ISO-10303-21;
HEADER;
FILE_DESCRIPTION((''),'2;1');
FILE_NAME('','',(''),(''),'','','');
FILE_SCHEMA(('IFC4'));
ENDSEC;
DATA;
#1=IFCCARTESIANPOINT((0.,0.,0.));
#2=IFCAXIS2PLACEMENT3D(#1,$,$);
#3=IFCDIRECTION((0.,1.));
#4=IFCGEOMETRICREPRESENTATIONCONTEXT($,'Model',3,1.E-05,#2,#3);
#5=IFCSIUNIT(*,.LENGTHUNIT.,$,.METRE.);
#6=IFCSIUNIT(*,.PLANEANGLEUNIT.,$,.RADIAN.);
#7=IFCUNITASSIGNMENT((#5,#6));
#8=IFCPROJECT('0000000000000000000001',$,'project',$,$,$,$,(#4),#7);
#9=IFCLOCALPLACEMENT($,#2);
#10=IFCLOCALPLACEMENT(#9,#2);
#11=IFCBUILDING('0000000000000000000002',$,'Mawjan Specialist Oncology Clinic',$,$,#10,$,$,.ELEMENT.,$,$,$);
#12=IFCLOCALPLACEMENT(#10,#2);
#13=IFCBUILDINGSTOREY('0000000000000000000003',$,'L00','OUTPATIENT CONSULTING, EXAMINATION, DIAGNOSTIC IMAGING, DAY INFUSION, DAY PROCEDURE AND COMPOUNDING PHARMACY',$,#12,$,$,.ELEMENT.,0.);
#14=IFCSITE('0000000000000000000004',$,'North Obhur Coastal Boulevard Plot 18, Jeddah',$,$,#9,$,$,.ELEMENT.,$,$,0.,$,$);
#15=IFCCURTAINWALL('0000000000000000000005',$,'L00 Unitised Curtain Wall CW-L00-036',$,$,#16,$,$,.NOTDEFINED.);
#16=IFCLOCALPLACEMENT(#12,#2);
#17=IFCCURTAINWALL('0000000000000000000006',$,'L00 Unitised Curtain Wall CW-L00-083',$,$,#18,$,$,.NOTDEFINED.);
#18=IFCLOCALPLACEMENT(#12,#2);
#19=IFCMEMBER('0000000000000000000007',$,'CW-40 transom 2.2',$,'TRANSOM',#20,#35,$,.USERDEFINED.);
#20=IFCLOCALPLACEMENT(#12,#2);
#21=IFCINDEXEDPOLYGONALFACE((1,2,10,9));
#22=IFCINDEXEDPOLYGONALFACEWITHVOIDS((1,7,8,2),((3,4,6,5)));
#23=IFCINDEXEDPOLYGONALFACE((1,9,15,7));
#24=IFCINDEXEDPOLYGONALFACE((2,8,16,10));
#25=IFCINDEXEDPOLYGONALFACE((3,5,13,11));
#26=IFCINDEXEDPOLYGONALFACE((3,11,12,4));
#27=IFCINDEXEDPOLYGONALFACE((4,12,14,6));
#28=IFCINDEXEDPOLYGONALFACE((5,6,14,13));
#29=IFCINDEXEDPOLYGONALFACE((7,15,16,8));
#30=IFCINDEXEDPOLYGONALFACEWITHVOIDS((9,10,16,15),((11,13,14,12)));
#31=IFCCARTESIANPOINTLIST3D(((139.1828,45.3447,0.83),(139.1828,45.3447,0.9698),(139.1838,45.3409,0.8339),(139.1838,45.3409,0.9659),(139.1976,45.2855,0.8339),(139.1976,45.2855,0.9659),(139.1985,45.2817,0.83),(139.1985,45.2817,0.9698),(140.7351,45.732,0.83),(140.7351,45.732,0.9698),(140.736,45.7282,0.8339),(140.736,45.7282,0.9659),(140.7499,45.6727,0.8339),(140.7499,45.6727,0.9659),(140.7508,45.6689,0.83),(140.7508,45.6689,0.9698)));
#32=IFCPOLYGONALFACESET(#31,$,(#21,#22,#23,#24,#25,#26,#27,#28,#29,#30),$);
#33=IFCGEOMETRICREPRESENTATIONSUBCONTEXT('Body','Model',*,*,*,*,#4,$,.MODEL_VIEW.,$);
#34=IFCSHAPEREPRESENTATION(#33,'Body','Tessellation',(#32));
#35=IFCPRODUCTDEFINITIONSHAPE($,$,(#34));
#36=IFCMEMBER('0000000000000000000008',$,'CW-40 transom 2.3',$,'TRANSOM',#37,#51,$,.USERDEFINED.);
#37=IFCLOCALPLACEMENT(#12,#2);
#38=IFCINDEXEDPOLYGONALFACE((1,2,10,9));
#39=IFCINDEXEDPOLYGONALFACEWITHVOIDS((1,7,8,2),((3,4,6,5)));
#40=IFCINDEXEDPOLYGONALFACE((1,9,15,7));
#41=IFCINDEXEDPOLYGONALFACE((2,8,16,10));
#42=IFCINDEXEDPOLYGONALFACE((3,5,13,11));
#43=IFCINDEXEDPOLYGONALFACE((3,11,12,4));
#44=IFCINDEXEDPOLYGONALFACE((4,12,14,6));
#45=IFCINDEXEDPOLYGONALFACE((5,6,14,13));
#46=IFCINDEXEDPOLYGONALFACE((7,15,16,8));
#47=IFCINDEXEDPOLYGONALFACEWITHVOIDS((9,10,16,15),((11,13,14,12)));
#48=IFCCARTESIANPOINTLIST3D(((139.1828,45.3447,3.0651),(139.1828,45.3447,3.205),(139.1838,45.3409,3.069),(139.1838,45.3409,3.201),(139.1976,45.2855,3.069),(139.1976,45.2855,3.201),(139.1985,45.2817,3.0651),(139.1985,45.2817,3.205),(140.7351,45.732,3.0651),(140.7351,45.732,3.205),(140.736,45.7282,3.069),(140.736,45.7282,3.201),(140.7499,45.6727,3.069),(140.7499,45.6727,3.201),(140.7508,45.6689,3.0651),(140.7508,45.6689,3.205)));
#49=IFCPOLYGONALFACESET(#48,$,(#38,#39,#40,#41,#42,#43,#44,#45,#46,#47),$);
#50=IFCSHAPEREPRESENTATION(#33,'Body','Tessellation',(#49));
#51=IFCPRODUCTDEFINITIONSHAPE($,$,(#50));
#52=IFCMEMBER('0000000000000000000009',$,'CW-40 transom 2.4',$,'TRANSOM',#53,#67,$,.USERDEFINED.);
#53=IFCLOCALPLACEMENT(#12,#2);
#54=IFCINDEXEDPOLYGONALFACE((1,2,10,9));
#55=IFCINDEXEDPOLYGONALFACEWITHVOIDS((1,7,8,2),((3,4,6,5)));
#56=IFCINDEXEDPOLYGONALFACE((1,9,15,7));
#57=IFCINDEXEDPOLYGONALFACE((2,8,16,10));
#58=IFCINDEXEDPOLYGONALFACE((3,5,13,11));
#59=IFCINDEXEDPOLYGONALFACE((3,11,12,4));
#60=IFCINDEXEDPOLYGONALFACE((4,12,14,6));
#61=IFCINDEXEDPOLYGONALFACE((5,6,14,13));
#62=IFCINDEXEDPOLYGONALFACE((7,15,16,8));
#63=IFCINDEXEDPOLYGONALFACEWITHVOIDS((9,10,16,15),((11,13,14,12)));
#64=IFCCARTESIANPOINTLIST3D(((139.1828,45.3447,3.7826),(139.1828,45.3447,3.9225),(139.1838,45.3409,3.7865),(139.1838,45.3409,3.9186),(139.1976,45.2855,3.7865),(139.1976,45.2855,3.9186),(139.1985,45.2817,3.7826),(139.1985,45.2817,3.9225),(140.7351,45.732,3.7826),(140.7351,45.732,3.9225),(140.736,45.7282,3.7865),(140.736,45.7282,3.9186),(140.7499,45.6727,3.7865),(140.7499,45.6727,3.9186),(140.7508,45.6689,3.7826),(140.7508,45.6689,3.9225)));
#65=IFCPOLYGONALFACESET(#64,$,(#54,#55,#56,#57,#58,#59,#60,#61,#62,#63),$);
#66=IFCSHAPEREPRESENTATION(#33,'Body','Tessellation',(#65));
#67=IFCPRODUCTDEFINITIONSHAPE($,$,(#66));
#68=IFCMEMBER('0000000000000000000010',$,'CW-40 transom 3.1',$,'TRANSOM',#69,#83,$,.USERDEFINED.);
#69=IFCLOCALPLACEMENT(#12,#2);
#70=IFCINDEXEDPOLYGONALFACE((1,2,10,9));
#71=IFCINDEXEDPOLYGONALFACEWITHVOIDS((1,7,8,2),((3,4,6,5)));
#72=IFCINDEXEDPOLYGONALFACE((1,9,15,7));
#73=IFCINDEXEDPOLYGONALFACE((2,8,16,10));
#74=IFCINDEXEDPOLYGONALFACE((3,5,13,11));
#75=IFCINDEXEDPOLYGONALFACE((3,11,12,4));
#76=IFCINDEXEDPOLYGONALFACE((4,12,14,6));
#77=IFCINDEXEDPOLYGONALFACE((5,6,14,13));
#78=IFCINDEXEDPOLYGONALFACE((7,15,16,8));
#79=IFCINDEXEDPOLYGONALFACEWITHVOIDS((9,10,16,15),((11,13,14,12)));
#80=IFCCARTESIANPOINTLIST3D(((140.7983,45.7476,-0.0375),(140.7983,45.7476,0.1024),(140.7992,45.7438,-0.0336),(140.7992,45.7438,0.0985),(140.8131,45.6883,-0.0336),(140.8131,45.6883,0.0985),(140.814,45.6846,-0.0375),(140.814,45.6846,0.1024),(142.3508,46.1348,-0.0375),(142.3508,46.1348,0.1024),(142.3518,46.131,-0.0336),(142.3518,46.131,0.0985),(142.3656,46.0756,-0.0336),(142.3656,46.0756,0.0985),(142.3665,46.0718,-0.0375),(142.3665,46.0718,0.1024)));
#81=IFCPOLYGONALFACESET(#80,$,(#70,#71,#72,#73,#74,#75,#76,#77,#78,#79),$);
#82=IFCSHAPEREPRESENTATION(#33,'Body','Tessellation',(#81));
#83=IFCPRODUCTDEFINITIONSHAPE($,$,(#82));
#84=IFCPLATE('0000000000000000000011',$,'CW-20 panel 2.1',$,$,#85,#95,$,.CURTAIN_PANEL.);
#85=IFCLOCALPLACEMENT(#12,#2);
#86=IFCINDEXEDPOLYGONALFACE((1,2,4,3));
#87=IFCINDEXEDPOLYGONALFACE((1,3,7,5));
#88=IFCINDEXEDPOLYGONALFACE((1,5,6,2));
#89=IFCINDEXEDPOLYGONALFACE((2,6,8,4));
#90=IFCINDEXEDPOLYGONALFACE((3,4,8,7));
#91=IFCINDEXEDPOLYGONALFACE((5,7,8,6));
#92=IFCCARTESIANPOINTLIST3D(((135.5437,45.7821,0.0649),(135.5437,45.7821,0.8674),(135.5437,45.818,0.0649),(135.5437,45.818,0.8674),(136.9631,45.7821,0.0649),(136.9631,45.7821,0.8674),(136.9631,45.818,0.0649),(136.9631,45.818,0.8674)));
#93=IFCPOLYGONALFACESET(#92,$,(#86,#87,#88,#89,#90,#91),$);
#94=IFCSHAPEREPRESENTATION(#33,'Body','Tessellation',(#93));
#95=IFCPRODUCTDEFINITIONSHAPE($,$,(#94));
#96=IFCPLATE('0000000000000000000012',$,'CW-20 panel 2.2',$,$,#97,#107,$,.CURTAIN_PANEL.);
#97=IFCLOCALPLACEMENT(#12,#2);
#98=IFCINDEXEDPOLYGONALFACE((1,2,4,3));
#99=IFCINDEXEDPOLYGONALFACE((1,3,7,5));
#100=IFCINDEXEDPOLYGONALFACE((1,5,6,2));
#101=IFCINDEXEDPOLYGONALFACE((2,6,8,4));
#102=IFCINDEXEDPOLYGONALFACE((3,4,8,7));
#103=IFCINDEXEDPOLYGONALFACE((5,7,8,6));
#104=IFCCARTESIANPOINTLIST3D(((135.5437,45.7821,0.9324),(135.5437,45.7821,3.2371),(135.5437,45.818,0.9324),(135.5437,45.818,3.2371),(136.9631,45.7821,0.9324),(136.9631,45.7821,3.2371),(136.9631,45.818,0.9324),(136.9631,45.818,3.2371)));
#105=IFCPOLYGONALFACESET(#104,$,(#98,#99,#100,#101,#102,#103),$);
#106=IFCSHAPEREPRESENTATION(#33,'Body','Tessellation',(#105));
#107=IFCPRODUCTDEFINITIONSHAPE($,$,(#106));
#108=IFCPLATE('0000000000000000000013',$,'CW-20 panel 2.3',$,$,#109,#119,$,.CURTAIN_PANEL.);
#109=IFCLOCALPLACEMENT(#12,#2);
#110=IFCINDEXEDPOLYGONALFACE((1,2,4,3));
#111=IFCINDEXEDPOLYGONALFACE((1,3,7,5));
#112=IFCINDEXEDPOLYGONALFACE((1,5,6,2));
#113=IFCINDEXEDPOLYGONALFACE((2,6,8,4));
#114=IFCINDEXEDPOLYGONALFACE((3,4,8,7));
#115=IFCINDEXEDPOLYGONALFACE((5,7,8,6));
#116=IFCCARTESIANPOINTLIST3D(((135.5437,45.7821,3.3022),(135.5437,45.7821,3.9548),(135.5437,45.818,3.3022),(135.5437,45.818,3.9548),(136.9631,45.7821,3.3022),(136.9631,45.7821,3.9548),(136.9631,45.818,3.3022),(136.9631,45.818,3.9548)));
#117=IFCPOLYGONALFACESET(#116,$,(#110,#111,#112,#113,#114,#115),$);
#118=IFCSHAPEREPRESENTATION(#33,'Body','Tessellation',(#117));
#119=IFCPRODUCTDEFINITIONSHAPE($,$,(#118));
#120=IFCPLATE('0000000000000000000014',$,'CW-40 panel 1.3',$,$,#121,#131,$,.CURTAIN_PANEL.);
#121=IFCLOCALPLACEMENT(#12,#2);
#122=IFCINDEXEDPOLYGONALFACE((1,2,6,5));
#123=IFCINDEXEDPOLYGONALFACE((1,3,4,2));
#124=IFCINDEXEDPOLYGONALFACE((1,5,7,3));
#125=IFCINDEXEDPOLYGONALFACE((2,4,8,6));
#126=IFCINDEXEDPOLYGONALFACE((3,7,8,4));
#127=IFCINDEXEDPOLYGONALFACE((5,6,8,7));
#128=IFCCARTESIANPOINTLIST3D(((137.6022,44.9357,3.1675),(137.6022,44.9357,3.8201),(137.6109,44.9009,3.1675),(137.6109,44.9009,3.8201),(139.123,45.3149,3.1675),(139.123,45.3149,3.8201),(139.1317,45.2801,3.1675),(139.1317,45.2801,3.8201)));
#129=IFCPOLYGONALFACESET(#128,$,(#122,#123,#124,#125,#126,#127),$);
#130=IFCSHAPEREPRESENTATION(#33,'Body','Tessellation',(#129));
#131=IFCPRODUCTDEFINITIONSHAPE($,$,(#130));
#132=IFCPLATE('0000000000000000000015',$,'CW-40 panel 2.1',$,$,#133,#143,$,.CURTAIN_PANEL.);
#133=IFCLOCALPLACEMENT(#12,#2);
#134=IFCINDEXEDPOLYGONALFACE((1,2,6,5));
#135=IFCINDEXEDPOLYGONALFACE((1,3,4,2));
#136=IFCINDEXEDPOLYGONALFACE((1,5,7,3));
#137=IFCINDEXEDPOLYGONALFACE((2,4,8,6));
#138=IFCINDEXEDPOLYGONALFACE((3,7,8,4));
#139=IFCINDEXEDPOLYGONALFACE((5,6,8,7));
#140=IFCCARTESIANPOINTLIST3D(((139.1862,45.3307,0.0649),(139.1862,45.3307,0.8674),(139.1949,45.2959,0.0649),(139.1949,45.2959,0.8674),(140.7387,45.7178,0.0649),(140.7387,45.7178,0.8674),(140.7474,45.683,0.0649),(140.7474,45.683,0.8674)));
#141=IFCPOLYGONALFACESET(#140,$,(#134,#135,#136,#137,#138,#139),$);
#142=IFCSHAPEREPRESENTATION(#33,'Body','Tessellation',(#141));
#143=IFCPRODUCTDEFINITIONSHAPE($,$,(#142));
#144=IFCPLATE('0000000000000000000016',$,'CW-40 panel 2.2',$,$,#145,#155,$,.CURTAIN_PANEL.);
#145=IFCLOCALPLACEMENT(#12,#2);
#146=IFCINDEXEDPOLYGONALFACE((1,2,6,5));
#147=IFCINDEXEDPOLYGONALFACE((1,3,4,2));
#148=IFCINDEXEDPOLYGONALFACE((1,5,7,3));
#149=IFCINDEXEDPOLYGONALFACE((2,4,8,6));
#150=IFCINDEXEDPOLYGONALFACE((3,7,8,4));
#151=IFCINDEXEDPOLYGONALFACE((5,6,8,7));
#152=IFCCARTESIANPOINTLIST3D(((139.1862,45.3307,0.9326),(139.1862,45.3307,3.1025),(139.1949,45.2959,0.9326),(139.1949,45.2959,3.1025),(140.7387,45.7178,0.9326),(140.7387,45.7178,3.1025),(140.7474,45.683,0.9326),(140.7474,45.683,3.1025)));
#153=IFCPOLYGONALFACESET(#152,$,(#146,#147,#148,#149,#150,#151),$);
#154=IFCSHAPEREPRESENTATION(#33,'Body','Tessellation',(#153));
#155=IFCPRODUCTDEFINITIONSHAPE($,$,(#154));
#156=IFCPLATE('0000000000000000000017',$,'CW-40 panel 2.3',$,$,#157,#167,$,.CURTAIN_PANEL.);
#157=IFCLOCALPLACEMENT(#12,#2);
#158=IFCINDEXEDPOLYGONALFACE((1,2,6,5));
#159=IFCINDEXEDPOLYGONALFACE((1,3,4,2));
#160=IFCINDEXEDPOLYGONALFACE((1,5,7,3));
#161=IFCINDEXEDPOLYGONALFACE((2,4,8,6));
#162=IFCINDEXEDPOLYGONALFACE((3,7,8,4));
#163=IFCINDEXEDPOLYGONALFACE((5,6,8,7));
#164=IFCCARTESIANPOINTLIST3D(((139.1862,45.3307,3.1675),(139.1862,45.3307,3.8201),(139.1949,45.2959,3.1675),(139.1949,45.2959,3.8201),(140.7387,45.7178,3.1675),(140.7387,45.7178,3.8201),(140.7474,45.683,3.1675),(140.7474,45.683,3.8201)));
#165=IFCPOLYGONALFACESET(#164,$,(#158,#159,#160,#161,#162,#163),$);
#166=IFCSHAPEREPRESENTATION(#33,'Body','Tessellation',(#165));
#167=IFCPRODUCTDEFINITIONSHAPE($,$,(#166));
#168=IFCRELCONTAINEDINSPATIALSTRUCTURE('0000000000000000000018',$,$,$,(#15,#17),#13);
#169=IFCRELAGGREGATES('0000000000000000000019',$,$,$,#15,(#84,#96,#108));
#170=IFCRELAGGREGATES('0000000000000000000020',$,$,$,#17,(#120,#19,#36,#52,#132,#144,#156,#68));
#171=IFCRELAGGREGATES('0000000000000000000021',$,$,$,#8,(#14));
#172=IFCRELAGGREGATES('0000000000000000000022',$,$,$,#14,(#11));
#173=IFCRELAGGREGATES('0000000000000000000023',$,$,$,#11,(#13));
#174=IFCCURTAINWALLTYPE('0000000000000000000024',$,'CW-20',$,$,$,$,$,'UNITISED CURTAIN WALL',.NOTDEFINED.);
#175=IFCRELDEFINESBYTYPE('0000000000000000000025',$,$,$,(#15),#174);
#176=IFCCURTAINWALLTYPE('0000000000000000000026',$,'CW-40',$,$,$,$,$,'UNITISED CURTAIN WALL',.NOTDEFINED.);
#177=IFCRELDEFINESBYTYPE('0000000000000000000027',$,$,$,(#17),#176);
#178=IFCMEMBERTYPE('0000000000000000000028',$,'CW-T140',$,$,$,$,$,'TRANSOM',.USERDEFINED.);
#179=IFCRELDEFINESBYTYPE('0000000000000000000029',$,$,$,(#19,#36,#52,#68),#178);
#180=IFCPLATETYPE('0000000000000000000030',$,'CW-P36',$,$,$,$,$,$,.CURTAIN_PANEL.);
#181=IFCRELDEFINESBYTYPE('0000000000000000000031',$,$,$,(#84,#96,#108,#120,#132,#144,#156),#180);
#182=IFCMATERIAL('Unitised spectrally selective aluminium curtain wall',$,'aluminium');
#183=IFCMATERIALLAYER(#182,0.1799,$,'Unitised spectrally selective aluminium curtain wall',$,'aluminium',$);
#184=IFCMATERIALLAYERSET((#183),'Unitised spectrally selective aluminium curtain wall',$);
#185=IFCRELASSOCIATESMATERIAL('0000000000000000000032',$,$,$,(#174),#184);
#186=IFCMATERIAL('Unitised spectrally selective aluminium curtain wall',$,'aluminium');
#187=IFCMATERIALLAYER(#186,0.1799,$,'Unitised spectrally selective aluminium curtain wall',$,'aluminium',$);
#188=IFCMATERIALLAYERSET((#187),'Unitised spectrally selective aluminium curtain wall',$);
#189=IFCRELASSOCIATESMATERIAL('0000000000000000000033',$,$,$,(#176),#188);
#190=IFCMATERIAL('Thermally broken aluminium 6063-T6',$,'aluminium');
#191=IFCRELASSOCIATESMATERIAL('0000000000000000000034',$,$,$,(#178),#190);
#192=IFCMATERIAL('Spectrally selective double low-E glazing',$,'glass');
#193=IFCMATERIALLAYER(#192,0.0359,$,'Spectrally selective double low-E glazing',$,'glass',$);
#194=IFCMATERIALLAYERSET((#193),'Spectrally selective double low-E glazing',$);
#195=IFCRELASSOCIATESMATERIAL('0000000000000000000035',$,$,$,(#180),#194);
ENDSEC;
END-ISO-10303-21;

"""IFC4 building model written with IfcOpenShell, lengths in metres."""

from ifc_helpers import new_model, si_unit, direction, frame, origin, origin_2d, place, context, subcontext, project, spatial, rectangle, hollow_rectangle, extrude, material, layer, layer_set, material_profile, profile_set, type_object, element, aggregate, save


model = new_model("IFC4")

# Units and contexts
model_context = context("Model", 3, precision=1e-05, world=origin(), true_north=direction((0.0, 1.0)))
body_context = subcontext(model_context, "Body", "Model", "MODEL_VIEW")
ifc_project = project(units=[si_unit("LENGTHUNIT", "METRE"), si_unit("PLANEANGLEUNIT", "RADIAN")], contexts=[model_context])

# Site, building, storey
site_placement = place(None, origin())
site = spatial("IfcSite", under=ifc_project, at=site_placement, Name="North Obhur Coastal Boulevard Plot 18, Jeddah", CompositionType="ELEMENT", RefElevation=0.0)
building_placement = place(site_placement, origin())
building = spatial("IfcBuilding", under=site, at=building_placement, Name="Mawjan Specialist Oncology Clinic", CompositionType="ELEMENT")
storey_placement = place(building_placement, origin())
storey = spatial("IfcBuildingStorey", under=building, at=storey_placement, Name="L00", Description="OUTPATIENT CONSULTING, EXAMINATION, DIAGNOSTIC IMAGING, DAY INFUSION, DAY PROCEDURE AND COMPOUNDING PHARMACY", CompositionType="ELEMENT", Elevation=0.0)

# Curtain wall
ifc_material_1 = material(Name="Unitised spectrally selective aluminium curtain wall", Category="aluminium")
ifc_layer_1 = layer(ifc_material_1, 0.1799, Name="Unitised spectrally selective aluminium curtain wall", Category="aluminium")
ifc_layer_set_1 = layer_set([ifc_layer_1], Name="Unitised spectrally selective aluminium curtain wall")
curtain_wall_type_1 = type_object("IfcCurtainWallType", Name="CW-20", ElementType="UNITISED CURTAIN WALL", PredefinedType="NOTDEFINED", material=ifc_layer_set_1)
curtain_wall_1_placement = place(storey_placement, origin())
curtain_wall_1 = element("IfcCurtainWall", 1, at=curtain_wall_1_placement, inside=storey, type_object=curtain_wall_type_1, Name="L00 Unitised Curtain Wall CW-L00-036", PredefinedType="NOTDEFINED")

# Curtain wall
ifc_material_2 = material(Name="Unitised spectrally selective aluminium curtain wall", Category="aluminium")
ifc_layer_2 = layer(ifc_material_2, 0.1799, Name="Unitised spectrally selective aluminium curtain wall", Category="aluminium")
ifc_layer_set_2 = layer_set([ifc_layer_2], Name="Unitised spectrally selective aluminium curtain wall")
curtain_wall_type_2 = type_object("IfcCurtainWallType", Name="CW-40", ElementType="UNITISED CURTAIN WALL", PredefinedType="NOTDEFINED", material=ifc_layer_set_2)
curtain_wall_2_placement = place(storey_placement, origin())
curtain_wall_2 = element("IfcCurtainWall", 2, at=curtain_wall_2_placement, inside=storey, type_object=curtain_wall_type_2, Name="L00 Unitised Curtain Wall CW-L00-083", PredefinedType="NOTDEFINED")

# Members
ifc_material_3 = material(Name="Thermally broken aluminium 6063-T6", Category="aluminium")
ifc_material_profile_1 = material_profile(ifc_material_3, hollow_rectangle(XDim=0.0649, YDim=0.1399, WallThickness=0.0039, at=origin_2d()), Name="ALU TRANSOM 140x65x4", Category="aluminium")
ifc_profile_set_1 = profile_set([ifc_material_profile_1], Name="Thermally broken aluminium 6063-T6")
member_type_1 = type_object("IfcMemberType", Name="CW-T140", ElementType="TRANSOM", PredefinedType="USERDEFINED", material=ifc_profile_set_1)
member_1_placement = place(storey_placement, frame((139.1907, 45.3132, 0.8999), z_axis=(0.970268, 0.242033, 0.0), x_axis=(-0.242033, 0.970268, 0.0)))
member_1 = element("IfcMember", 3, at=member_1_placement, type_object=member_type_1, Name="CW-40 transom 2.2", ObjectType="TRANSOM", PredefinedType="USERDEFINED", context=body_context, shape_type="SweptSolid", body=[
    extrude(hollow_rectangle(XDim=0.0649, YDim=0.1399, WallThickness=0.0039, at=origin_2d()), origin(), (0.0, 0.0, 1.0), 1.5999),
])
member_2_placement = place(storey_placement, frame((139.1907, 45.3132, 3.135), z_axis=(0.970268, 0.242033, 0.0), x_axis=(-0.242033, 0.970268, 0.0)))
member_2 = element("IfcMember", 4, at=member_2_placement, type_object=member_type_1, Name="CW-40 transom 2.3", ObjectType="TRANSOM", PredefinedType="USERDEFINED", context=body_context, shape_type="SweptSolid", body=[
    extrude(hollow_rectangle(XDim=0.0649, YDim=0.1399, WallThickness=0.0039, at=origin_2d()), origin(), (0.0, 0.0, 1.0), 1.5999),
])
member_3_placement = place(storey_placement, frame((139.1907, 45.3132, 3.8525), z_axis=(0.970268, 0.242033, 0.0), x_axis=(-0.242033, 0.970268, 0.0)))
member_3 = element("IfcMember", 5, at=member_3_placement, type_object=member_type_1, Name="CW-40 transom 2.4", ObjectType="TRANSOM", PredefinedType="USERDEFINED", context=body_context, shape_type="SweptSolid", body=[
    extrude(hollow_rectangle(XDim=0.0649, YDim=0.1399, WallThickness=0.0039, at=origin_2d()), origin(), (0.0, 0.0, 1.0), 1.5999),
])
member_4_placement = place(storey_placement, frame((140.8062, 45.7161, 0.0325), z_axis=(0.970277, 0.241997, 0.0), x_axis=(-0.241997, 0.970277, 0.0)))
member_4 = element("IfcMember", 6, at=member_4_placement, type_object=member_type_1, Name="CW-40 transom 3.1", ObjectType="TRANSOM", PredefinedType="USERDEFINED", context=body_context, shape_type="SweptSolid", body=[
    extrude(hollow_rectangle(XDim=0.0649, YDim=0.1399, WallThickness=0.0039, at=origin_2d()), origin(), (0.0, 0.0, 1.0), 1.6001),
])

# Plates
ifc_material_4 = material(Name="Spectrally selective double low-E glazing", Category="glass")
ifc_layer_3 = layer(ifc_material_4, 0.0359, Name="Spectrally selective double low-E glazing", Category="glass")
ifc_layer_set_3 = layer_set([ifc_layer_3], Name="Spectrally selective double low-E glazing")
plate_type = type_object("IfcPlateType", Name="CW-P36", PredefinedType="CURTAIN_PANEL", material=ifc_layer_set_3)
plate_1_placement = place(storey_placement, frame((136.2534, 45.8, 0.0649), z_axis=(0.0, 0.0, 1.0), x_axis=(-1.0, 0.0, 0.0)))
plate_1 = element("IfcPlate", 7, at=plate_1_placement, type_object=plate_type, Name="CW-20 panel 2.1", PredefinedType="CURTAIN_PANEL", context=body_context, shape_type="SweptSolid", body=[
    extrude(rectangle(XDim=1.4194, YDim=0.0359, at=origin_2d()), origin(), (0.0, 0.0, 1.0), 0.8025),
])
plate_2_placement = place(storey_placement, frame((136.2534, 45.8, 0.9324), z_axis=(0.0, 0.0, 1.0), x_axis=(-1.0, 0.0, 0.0)))
plate_2 = element("IfcPlate", 8, at=plate_2_placement, type_object=plate_type, Name="CW-20 panel 2.2", PredefinedType="CURTAIN_PANEL", context=body_context, shape_type="SweptSolid", body=[
    extrude(rectangle(XDim=1.4194, YDim=0.0359, at=origin_2d()), origin(), (0.0, 0.0, 1.0), 2.3047),
])
plate_3_placement = place(storey_placement, frame((136.2534, 45.8, 3.3022), z_axis=(0.0, 0.0, 1.0), x_axis=(-1.0, 0.0, 0.0)))
plate_3 = element("IfcPlate", 9, at=plate_3_placement, type_object=plate_type, Name="CW-20 panel 2.3", PredefinedType="CURTAIN_PANEL", context=body_context, shape_type="SweptSolid", body=[
    extrude(rectangle(XDim=1.4194, YDim=0.0359, at=origin_2d()), origin(), (0.0, 0.0, 1.0), 0.6526),
])
aggregate(curtain_wall_1, [plate_1, plate_2, plate_3])
plate_4_placement = place(storey_placement, frame((138.3669, 45.1079, 3.1675), z_axis=(0.0, 0.0, 1.0), x_axis=(0.970296, 0.241922, 0.0)))
plate_4 = element("IfcPlate", 10, at=plate_4_placement, type_object=plate_type, Name="CW-40 panel 1.3", PredefinedType="CURTAIN_PANEL", context=body_context, shape_type="SweptSolid", body=[
    extrude(rectangle(XDim=1.5674, YDim=0.0359, at=origin_2d()), origin(), (0.0, 0.0, 1.0), 0.6526),
])
plate_5_placement = place(storey_placement, frame((139.9668, 45.5068, 0.0649), z_axis=(0.0, 0.0, 1.0), x_axis=(0.970296, 0.241922, 0.0)))
plate_5 = element("IfcPlate", 11, at=plate_5_placement, type_object=plate_type, Name="CW-40 panel 2.1", PredefinedType="CURTAIN_PANEL", context=body_context, shape_type="SweptSolid", body=[
    extrude(rectangle(XDim=1.6001, YDim=0.0359, at=origin_2d()), origin(), (0.0, 0.0, 1.0), 0.8025),
])
plate_6_placement = place(storey_placement, frame((139.9668, 45.5068, 0.9326), z_axis=(0.0, 0.0, 1.0), x_axis=(0.970296, 0.241922, 0.0)))
plate_6 = element("IfcPlate", 12, at=plate_6_placement, type_object=plate_type, Name="CW-40 panel 2.2", PredefinedType="CURTAIN_PANEL", context=body_context, shape_type="SweptSolid", body=[
    extrude(rectangle(XDim=1.6001, YDim=0.0359, at=origin_2d()), origin(), (0.0, 0.0, 1.0), 2.1699),
])
plate_7_placement = place(storey_placement, frame((139.9668, 45.5068, 3.1675), z_axis=(0.0, 0.0, 1.0), x_axis=(0.970296, 0.241922, 0.0)))
plate_7 = element("IfcPlate", 13, at=plate_7_placement, type_object=plate_type, Name="CW-40 panel 2.3", PredefinedType="CURTAIN_PANEL", context=body_context, shape_type="SweptSolid", body=[
    extrude(rectangle(XDim=1.6001, YDim=0.0359, at=origin_2d()), origin(), (0.0, 0.0, 1.0), 0.6526),
])
aggregate(curtain_wall_2, [plate_4, member_1, member_2, member_3, plate_5, plate_6, plate_7, member_4])

save(model, "model.ifc")
